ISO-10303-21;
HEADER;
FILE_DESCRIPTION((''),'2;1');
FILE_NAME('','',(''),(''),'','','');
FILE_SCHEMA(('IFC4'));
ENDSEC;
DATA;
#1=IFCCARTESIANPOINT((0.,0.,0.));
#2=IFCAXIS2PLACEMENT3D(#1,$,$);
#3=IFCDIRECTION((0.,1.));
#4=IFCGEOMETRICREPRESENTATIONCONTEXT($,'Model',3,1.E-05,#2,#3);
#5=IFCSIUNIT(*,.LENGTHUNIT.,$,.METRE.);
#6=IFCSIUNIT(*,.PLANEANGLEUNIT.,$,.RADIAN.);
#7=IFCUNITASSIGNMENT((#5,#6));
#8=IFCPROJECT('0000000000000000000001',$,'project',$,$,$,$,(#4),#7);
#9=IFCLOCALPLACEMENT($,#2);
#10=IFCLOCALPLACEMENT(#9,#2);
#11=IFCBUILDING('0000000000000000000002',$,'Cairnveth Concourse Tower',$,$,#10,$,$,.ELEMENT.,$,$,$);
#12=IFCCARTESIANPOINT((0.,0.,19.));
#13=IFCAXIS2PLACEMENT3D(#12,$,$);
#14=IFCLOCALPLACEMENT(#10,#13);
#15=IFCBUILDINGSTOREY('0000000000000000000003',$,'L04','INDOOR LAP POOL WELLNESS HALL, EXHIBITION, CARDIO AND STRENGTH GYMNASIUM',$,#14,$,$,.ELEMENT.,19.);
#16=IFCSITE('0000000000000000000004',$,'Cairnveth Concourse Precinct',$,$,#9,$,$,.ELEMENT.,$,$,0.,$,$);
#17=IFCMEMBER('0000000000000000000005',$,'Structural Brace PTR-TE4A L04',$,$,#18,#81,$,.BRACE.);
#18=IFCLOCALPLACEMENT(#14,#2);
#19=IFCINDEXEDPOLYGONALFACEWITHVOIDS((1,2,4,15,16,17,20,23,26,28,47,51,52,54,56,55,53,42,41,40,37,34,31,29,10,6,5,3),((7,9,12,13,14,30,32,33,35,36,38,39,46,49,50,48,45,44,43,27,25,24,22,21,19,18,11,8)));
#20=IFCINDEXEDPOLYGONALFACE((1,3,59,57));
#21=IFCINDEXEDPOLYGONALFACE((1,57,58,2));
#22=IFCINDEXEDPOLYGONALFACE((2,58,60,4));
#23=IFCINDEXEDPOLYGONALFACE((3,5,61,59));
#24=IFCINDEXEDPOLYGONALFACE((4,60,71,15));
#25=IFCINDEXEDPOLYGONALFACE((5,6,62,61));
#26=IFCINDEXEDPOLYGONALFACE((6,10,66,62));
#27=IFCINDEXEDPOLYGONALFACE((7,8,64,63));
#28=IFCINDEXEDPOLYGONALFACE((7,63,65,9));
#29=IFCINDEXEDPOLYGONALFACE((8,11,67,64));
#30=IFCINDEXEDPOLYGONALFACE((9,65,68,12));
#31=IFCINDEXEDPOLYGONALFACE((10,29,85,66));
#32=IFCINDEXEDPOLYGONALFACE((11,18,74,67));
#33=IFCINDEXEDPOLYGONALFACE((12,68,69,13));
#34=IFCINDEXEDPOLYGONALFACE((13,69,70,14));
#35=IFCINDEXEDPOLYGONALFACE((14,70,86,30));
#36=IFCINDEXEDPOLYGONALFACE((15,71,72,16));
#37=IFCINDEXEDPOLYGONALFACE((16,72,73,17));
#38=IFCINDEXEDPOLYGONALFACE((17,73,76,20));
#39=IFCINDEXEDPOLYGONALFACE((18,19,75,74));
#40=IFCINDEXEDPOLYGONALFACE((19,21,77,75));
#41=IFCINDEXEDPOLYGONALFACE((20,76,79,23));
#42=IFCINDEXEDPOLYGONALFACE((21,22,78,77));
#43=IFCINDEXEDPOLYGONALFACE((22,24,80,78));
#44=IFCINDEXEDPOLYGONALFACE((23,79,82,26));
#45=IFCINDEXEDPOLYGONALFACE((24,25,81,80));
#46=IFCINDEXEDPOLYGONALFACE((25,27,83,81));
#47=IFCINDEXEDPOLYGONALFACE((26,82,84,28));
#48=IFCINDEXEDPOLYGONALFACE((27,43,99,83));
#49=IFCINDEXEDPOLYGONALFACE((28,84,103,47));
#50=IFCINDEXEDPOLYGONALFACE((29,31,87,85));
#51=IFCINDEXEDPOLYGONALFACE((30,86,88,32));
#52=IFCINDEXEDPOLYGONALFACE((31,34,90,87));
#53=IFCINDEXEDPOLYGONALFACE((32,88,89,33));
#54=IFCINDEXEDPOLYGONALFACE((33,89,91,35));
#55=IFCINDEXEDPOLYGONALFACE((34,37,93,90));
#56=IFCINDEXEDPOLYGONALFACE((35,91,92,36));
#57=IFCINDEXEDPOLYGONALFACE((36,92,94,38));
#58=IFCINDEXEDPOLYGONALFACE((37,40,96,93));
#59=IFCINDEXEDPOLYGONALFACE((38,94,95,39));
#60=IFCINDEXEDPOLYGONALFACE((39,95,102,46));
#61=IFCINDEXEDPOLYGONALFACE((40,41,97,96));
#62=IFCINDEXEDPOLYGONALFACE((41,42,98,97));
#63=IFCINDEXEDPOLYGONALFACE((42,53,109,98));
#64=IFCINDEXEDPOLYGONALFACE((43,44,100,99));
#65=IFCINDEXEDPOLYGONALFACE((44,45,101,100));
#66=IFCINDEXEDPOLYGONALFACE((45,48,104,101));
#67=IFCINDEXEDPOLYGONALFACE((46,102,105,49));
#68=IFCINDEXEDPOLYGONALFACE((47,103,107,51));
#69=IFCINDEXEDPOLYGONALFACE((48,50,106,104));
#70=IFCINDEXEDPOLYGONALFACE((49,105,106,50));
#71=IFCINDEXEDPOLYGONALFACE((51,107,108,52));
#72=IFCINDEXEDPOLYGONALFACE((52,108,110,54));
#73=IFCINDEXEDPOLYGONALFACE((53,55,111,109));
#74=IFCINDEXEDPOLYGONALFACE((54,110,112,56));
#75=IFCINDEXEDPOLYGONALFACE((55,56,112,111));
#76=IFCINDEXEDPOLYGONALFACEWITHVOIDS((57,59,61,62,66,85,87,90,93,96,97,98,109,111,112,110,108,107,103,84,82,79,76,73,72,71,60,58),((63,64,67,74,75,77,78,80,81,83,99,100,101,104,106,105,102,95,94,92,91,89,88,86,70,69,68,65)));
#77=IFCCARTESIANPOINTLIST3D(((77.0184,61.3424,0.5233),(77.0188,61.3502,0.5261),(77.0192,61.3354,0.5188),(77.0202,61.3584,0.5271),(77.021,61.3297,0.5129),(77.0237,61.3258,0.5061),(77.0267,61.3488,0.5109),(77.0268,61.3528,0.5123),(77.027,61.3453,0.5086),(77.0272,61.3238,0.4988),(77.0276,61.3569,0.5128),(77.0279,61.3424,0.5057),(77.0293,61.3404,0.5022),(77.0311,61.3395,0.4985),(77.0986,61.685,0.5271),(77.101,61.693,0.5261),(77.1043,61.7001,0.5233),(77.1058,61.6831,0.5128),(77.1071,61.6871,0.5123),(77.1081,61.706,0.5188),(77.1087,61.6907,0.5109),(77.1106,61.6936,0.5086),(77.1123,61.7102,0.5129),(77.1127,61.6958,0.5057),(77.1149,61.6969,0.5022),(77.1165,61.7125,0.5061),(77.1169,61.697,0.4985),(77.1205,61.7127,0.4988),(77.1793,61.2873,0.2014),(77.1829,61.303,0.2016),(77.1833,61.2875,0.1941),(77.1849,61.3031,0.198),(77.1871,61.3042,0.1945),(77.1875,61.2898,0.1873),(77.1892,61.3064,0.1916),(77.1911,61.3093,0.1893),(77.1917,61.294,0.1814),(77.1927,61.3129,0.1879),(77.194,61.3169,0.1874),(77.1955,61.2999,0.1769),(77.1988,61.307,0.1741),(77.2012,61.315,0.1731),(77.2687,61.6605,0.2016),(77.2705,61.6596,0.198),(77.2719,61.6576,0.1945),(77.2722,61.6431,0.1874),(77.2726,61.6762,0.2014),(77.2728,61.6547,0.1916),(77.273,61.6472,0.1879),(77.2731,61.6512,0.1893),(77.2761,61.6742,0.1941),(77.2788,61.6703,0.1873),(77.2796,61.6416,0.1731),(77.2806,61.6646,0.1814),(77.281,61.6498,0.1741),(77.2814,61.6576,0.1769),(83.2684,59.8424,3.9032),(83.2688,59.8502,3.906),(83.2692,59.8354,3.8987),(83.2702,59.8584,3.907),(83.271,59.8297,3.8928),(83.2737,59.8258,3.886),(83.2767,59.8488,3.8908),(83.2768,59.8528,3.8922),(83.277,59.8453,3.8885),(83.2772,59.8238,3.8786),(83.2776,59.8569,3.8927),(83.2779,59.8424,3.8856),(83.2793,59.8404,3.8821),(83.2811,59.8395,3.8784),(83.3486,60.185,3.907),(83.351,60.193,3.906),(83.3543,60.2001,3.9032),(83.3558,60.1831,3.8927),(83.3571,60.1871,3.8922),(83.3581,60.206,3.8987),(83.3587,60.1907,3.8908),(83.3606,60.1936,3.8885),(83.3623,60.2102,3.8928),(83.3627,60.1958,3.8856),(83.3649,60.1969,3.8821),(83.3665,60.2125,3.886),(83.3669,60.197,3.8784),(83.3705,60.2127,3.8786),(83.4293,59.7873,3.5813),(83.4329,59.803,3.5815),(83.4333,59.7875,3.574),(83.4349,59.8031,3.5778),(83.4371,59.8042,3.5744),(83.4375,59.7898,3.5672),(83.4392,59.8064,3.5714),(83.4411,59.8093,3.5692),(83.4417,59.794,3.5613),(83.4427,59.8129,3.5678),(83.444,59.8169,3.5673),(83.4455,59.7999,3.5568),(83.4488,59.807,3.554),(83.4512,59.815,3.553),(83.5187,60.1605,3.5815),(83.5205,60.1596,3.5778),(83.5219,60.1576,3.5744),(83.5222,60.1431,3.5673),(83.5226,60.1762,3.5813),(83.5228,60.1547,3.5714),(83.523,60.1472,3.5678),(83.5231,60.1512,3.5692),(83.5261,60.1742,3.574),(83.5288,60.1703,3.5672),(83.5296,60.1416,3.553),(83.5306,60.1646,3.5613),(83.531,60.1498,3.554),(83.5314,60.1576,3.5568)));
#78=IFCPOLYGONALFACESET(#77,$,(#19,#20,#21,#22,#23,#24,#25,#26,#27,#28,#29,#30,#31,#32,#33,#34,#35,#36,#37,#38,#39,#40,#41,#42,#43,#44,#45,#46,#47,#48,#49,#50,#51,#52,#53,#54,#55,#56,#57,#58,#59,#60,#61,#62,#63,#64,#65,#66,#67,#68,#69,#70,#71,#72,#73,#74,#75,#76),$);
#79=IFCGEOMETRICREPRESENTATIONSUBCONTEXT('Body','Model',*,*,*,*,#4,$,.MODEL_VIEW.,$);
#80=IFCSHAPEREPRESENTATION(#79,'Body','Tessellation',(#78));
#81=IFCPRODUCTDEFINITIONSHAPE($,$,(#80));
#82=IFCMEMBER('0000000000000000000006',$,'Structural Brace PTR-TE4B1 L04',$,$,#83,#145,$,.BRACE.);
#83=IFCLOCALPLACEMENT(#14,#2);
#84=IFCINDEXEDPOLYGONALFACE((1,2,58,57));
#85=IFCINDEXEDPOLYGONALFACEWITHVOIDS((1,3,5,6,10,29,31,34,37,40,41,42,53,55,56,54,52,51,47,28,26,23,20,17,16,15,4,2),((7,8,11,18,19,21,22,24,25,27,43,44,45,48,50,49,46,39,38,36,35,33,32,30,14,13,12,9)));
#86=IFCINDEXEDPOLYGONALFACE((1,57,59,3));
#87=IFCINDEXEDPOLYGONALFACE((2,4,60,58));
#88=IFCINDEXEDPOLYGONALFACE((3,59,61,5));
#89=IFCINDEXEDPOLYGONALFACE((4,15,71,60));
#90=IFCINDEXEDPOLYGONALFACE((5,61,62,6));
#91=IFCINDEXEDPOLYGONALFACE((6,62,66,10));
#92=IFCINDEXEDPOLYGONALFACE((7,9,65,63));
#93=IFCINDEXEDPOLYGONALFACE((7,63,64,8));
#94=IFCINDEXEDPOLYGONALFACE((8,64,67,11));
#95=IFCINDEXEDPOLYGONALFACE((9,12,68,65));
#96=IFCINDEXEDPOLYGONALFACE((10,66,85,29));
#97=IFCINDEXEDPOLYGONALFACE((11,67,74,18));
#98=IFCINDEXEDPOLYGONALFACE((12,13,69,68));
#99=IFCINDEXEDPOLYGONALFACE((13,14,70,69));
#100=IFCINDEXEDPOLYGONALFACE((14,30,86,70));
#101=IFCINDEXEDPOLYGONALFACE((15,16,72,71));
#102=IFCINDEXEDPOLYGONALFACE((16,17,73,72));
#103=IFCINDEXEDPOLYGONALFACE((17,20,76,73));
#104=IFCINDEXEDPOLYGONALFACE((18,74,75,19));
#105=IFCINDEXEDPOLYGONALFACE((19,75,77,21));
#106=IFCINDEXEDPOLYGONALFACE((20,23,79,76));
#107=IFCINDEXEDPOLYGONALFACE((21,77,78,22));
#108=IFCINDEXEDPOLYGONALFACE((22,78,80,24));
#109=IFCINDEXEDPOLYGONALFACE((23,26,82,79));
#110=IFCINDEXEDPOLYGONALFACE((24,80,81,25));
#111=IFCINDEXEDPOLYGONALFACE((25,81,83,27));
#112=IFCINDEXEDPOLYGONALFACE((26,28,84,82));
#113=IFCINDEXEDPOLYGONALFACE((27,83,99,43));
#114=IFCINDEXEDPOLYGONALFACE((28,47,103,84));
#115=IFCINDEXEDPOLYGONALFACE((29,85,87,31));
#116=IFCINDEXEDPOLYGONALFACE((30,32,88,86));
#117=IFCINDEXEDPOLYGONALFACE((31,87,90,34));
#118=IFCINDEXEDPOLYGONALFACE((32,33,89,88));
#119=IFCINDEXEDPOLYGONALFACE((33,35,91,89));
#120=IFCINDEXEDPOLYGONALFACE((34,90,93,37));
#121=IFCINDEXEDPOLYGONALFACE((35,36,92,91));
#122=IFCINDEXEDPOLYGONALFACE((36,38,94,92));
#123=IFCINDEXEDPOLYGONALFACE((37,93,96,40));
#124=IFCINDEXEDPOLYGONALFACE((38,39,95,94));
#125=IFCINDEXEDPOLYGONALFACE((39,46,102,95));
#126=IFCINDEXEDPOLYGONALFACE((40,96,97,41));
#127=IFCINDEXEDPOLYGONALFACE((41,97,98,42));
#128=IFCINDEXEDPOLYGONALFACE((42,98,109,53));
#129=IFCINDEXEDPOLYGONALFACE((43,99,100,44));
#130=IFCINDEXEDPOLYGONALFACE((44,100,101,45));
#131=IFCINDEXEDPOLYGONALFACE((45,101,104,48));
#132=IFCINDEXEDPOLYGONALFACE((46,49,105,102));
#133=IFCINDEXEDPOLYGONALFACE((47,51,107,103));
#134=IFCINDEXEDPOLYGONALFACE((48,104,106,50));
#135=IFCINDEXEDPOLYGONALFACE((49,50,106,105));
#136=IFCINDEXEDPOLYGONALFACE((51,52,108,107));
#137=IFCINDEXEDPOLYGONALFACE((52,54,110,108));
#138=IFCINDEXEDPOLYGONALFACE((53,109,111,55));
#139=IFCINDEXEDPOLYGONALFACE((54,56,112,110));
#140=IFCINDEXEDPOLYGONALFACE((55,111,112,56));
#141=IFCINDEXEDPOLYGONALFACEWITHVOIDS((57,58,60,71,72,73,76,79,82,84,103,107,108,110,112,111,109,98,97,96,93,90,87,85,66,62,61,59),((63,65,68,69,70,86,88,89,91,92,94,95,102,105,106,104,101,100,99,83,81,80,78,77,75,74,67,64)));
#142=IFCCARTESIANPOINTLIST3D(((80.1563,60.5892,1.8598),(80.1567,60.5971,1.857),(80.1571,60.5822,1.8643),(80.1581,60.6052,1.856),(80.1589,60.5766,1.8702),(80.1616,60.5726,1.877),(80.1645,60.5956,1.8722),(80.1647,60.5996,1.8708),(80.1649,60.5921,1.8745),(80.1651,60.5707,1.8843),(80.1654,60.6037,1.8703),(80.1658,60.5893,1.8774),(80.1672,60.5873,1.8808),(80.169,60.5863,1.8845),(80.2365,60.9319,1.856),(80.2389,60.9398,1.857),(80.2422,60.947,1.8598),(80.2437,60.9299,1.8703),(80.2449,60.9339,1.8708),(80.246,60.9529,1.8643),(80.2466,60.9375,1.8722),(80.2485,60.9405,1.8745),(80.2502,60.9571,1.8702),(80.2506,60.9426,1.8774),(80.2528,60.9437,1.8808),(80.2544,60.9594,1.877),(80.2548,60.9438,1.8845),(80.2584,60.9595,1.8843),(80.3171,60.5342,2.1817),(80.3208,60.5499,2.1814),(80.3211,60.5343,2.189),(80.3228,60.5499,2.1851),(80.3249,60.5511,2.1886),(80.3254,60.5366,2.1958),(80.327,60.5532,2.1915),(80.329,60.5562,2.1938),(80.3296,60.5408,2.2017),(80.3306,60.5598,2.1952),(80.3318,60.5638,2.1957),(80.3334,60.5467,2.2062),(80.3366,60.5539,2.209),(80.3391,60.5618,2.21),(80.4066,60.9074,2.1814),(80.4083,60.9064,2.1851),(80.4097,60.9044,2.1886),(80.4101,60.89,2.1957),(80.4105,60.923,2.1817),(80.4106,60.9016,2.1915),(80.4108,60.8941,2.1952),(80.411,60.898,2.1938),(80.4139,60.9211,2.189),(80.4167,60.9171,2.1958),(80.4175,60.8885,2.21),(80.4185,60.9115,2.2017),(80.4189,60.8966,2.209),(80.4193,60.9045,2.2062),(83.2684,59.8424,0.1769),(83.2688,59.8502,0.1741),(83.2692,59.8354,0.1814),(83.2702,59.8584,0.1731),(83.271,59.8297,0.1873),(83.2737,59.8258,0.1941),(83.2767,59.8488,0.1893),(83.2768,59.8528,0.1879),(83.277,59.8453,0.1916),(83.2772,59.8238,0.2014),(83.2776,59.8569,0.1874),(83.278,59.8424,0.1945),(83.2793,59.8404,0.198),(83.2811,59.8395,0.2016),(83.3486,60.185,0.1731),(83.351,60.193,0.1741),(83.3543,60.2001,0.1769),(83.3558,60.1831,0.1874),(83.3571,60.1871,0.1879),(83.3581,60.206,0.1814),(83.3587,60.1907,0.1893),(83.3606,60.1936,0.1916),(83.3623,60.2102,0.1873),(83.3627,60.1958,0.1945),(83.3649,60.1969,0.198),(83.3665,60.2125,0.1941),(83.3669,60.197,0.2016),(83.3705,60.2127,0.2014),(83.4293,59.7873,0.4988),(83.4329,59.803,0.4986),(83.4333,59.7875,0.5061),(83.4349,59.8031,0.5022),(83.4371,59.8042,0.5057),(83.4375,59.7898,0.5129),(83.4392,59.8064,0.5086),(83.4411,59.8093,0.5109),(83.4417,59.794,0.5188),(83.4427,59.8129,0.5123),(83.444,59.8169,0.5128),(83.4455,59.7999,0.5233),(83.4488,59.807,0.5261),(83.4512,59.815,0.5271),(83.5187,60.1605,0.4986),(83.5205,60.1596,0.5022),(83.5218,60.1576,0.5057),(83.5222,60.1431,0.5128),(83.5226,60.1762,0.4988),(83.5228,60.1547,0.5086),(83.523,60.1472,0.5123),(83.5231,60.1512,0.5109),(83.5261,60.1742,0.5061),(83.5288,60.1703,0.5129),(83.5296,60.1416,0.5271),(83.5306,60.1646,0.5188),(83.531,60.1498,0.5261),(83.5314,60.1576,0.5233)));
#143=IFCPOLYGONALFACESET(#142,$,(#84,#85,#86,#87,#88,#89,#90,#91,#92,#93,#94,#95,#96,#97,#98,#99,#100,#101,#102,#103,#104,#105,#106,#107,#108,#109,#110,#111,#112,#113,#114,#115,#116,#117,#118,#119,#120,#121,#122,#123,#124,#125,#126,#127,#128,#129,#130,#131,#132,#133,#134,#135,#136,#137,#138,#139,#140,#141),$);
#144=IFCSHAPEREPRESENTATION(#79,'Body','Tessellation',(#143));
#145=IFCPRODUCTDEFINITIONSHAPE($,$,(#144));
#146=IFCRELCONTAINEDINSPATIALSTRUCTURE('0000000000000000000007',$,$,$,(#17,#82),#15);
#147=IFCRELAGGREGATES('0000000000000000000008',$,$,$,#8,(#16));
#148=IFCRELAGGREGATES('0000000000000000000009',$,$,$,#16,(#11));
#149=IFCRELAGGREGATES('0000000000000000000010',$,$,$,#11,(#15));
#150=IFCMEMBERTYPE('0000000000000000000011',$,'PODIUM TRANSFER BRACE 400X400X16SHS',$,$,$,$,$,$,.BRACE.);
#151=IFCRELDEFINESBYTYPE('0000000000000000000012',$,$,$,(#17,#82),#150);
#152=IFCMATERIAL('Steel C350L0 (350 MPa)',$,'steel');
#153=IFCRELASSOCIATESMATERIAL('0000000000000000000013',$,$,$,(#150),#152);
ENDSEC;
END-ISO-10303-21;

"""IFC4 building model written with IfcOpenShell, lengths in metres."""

from ifc_helpers import new_model, si_unit, direction, frame, origin, origin_2d, place, context, subcontext, project, spatial, hollow_rectangle, extrude, material, material_profile, profile_set, type_object, element, save


model = new_model("IFC4")

# Units and contexts
model_context = context("Model", 3, precision=1e-05, world=origin(), true_north=direction((0.0, 1.0)))
body_context = subcontext(model_context, "Body", "Model", "MODEL_VIEW")
ifc_project = project(units=[si_unit("LENGTHUNIT", "METRE"), si_unit("PLANEANGLEUNIT", "RADIAN")], contexts=[model_context])

# Site, building, storey
site_placement = place(None, origin())
site = spatial("IfcSite", under=ifc_project, at=site_placement, Name="Cairnveth Concourse Precinct", CompositionType="ELEMENT", RefElevation=0.0)
building_placement = place(site_placement, origin())
building = spatial("IfcBuilding", under=site, at=building_placement, Name="Cairnveth Concourse Tower", CompositionType="ELEMENT")
storey_placement = place(building_placement, frame((0.0, 0.0, 19.0)))
storey = spatial("IfcBuildingStorey", under=building, at=storey_placement, Name="L04", Description="INDOOR LAP POOL WELLNESS HALL, EXHIBITION, CARDIO AND STRENGTH GYMNASIUM", CompositionType="ELEMENT", Elevation=19.0)

# Members
ifc_material_1 = material(Name="Steel C350L0 (350 MPa)", Category="steel")
ifc_material_profile_1 = material_profile(ifc_material_1, hollow_rectangle(XDim=0.3999, YDim=0.3999, WallThickness=0.0161, InnerFilletRadius=0.0161, OuterFilletRadius=0.032, at=origin_2d()), Name="400x400x16.0SHS")
ifc_profile_set_1 = profile_set([ifc_material_profile_1], Name="Steel C350L0 (350 MPa)")
member_type = type_object("IfcMemberType", Name="PODIUM TRANSFER BRACE 400X400X16SHS", PredefinedType="BRACE", material=ifc_profile_set_1)
member_1_placement = place(storey_placement, frame((77.1499, 61.5, 0.3501), z_axis=(0.860649, -0.206556, 0.465423), x_axis=(0.233373, 0.972387, 0.0)))
element("IfcMember", 1, at=member_1_placement, inside=storey, type_object=member_type, Name="Structural Brace PTR-TE4A L04", PredefinedType="BRACE", context=body_context, shape_type="SweptSolid", body=[
    extrude(hollow_rectangle(XDim=0.3999, YDim=0.3999, WallThickness=0.0161, InnerFilletRadius=0.0161, OuterFilletRadius=0.032, at=origin_2d()), origin(), (0.0, 0.0, 1.0), 7.262),
])
member_2_placement = place(storey_placement, frame((83.3999, 60.0, 0.3501), z_axis=(-0.860661, 0.20654, 0.465407), x_axis=(-0.233353, -0.972392, 0.0)))
element("IfcMember", 2, at=member_2_placement, inside=storey, type_object=member_type, Name="Structural Brace PTR-TE4B1 L04", PredefinedType="BRACE", context=body_context, shape_type="SweptSolid", body=[
    extrude(hollow_rectangle(XDim=0.3999, YDim=0.3999, WallThickness=0.0161, InnerFilletRadius=0.0161, OuterFilletRadius=0.032, at=origin_2d()), origin(), (0.0, 0.0, 1.0), 3.616),
])

save(model, "model.ifc")
